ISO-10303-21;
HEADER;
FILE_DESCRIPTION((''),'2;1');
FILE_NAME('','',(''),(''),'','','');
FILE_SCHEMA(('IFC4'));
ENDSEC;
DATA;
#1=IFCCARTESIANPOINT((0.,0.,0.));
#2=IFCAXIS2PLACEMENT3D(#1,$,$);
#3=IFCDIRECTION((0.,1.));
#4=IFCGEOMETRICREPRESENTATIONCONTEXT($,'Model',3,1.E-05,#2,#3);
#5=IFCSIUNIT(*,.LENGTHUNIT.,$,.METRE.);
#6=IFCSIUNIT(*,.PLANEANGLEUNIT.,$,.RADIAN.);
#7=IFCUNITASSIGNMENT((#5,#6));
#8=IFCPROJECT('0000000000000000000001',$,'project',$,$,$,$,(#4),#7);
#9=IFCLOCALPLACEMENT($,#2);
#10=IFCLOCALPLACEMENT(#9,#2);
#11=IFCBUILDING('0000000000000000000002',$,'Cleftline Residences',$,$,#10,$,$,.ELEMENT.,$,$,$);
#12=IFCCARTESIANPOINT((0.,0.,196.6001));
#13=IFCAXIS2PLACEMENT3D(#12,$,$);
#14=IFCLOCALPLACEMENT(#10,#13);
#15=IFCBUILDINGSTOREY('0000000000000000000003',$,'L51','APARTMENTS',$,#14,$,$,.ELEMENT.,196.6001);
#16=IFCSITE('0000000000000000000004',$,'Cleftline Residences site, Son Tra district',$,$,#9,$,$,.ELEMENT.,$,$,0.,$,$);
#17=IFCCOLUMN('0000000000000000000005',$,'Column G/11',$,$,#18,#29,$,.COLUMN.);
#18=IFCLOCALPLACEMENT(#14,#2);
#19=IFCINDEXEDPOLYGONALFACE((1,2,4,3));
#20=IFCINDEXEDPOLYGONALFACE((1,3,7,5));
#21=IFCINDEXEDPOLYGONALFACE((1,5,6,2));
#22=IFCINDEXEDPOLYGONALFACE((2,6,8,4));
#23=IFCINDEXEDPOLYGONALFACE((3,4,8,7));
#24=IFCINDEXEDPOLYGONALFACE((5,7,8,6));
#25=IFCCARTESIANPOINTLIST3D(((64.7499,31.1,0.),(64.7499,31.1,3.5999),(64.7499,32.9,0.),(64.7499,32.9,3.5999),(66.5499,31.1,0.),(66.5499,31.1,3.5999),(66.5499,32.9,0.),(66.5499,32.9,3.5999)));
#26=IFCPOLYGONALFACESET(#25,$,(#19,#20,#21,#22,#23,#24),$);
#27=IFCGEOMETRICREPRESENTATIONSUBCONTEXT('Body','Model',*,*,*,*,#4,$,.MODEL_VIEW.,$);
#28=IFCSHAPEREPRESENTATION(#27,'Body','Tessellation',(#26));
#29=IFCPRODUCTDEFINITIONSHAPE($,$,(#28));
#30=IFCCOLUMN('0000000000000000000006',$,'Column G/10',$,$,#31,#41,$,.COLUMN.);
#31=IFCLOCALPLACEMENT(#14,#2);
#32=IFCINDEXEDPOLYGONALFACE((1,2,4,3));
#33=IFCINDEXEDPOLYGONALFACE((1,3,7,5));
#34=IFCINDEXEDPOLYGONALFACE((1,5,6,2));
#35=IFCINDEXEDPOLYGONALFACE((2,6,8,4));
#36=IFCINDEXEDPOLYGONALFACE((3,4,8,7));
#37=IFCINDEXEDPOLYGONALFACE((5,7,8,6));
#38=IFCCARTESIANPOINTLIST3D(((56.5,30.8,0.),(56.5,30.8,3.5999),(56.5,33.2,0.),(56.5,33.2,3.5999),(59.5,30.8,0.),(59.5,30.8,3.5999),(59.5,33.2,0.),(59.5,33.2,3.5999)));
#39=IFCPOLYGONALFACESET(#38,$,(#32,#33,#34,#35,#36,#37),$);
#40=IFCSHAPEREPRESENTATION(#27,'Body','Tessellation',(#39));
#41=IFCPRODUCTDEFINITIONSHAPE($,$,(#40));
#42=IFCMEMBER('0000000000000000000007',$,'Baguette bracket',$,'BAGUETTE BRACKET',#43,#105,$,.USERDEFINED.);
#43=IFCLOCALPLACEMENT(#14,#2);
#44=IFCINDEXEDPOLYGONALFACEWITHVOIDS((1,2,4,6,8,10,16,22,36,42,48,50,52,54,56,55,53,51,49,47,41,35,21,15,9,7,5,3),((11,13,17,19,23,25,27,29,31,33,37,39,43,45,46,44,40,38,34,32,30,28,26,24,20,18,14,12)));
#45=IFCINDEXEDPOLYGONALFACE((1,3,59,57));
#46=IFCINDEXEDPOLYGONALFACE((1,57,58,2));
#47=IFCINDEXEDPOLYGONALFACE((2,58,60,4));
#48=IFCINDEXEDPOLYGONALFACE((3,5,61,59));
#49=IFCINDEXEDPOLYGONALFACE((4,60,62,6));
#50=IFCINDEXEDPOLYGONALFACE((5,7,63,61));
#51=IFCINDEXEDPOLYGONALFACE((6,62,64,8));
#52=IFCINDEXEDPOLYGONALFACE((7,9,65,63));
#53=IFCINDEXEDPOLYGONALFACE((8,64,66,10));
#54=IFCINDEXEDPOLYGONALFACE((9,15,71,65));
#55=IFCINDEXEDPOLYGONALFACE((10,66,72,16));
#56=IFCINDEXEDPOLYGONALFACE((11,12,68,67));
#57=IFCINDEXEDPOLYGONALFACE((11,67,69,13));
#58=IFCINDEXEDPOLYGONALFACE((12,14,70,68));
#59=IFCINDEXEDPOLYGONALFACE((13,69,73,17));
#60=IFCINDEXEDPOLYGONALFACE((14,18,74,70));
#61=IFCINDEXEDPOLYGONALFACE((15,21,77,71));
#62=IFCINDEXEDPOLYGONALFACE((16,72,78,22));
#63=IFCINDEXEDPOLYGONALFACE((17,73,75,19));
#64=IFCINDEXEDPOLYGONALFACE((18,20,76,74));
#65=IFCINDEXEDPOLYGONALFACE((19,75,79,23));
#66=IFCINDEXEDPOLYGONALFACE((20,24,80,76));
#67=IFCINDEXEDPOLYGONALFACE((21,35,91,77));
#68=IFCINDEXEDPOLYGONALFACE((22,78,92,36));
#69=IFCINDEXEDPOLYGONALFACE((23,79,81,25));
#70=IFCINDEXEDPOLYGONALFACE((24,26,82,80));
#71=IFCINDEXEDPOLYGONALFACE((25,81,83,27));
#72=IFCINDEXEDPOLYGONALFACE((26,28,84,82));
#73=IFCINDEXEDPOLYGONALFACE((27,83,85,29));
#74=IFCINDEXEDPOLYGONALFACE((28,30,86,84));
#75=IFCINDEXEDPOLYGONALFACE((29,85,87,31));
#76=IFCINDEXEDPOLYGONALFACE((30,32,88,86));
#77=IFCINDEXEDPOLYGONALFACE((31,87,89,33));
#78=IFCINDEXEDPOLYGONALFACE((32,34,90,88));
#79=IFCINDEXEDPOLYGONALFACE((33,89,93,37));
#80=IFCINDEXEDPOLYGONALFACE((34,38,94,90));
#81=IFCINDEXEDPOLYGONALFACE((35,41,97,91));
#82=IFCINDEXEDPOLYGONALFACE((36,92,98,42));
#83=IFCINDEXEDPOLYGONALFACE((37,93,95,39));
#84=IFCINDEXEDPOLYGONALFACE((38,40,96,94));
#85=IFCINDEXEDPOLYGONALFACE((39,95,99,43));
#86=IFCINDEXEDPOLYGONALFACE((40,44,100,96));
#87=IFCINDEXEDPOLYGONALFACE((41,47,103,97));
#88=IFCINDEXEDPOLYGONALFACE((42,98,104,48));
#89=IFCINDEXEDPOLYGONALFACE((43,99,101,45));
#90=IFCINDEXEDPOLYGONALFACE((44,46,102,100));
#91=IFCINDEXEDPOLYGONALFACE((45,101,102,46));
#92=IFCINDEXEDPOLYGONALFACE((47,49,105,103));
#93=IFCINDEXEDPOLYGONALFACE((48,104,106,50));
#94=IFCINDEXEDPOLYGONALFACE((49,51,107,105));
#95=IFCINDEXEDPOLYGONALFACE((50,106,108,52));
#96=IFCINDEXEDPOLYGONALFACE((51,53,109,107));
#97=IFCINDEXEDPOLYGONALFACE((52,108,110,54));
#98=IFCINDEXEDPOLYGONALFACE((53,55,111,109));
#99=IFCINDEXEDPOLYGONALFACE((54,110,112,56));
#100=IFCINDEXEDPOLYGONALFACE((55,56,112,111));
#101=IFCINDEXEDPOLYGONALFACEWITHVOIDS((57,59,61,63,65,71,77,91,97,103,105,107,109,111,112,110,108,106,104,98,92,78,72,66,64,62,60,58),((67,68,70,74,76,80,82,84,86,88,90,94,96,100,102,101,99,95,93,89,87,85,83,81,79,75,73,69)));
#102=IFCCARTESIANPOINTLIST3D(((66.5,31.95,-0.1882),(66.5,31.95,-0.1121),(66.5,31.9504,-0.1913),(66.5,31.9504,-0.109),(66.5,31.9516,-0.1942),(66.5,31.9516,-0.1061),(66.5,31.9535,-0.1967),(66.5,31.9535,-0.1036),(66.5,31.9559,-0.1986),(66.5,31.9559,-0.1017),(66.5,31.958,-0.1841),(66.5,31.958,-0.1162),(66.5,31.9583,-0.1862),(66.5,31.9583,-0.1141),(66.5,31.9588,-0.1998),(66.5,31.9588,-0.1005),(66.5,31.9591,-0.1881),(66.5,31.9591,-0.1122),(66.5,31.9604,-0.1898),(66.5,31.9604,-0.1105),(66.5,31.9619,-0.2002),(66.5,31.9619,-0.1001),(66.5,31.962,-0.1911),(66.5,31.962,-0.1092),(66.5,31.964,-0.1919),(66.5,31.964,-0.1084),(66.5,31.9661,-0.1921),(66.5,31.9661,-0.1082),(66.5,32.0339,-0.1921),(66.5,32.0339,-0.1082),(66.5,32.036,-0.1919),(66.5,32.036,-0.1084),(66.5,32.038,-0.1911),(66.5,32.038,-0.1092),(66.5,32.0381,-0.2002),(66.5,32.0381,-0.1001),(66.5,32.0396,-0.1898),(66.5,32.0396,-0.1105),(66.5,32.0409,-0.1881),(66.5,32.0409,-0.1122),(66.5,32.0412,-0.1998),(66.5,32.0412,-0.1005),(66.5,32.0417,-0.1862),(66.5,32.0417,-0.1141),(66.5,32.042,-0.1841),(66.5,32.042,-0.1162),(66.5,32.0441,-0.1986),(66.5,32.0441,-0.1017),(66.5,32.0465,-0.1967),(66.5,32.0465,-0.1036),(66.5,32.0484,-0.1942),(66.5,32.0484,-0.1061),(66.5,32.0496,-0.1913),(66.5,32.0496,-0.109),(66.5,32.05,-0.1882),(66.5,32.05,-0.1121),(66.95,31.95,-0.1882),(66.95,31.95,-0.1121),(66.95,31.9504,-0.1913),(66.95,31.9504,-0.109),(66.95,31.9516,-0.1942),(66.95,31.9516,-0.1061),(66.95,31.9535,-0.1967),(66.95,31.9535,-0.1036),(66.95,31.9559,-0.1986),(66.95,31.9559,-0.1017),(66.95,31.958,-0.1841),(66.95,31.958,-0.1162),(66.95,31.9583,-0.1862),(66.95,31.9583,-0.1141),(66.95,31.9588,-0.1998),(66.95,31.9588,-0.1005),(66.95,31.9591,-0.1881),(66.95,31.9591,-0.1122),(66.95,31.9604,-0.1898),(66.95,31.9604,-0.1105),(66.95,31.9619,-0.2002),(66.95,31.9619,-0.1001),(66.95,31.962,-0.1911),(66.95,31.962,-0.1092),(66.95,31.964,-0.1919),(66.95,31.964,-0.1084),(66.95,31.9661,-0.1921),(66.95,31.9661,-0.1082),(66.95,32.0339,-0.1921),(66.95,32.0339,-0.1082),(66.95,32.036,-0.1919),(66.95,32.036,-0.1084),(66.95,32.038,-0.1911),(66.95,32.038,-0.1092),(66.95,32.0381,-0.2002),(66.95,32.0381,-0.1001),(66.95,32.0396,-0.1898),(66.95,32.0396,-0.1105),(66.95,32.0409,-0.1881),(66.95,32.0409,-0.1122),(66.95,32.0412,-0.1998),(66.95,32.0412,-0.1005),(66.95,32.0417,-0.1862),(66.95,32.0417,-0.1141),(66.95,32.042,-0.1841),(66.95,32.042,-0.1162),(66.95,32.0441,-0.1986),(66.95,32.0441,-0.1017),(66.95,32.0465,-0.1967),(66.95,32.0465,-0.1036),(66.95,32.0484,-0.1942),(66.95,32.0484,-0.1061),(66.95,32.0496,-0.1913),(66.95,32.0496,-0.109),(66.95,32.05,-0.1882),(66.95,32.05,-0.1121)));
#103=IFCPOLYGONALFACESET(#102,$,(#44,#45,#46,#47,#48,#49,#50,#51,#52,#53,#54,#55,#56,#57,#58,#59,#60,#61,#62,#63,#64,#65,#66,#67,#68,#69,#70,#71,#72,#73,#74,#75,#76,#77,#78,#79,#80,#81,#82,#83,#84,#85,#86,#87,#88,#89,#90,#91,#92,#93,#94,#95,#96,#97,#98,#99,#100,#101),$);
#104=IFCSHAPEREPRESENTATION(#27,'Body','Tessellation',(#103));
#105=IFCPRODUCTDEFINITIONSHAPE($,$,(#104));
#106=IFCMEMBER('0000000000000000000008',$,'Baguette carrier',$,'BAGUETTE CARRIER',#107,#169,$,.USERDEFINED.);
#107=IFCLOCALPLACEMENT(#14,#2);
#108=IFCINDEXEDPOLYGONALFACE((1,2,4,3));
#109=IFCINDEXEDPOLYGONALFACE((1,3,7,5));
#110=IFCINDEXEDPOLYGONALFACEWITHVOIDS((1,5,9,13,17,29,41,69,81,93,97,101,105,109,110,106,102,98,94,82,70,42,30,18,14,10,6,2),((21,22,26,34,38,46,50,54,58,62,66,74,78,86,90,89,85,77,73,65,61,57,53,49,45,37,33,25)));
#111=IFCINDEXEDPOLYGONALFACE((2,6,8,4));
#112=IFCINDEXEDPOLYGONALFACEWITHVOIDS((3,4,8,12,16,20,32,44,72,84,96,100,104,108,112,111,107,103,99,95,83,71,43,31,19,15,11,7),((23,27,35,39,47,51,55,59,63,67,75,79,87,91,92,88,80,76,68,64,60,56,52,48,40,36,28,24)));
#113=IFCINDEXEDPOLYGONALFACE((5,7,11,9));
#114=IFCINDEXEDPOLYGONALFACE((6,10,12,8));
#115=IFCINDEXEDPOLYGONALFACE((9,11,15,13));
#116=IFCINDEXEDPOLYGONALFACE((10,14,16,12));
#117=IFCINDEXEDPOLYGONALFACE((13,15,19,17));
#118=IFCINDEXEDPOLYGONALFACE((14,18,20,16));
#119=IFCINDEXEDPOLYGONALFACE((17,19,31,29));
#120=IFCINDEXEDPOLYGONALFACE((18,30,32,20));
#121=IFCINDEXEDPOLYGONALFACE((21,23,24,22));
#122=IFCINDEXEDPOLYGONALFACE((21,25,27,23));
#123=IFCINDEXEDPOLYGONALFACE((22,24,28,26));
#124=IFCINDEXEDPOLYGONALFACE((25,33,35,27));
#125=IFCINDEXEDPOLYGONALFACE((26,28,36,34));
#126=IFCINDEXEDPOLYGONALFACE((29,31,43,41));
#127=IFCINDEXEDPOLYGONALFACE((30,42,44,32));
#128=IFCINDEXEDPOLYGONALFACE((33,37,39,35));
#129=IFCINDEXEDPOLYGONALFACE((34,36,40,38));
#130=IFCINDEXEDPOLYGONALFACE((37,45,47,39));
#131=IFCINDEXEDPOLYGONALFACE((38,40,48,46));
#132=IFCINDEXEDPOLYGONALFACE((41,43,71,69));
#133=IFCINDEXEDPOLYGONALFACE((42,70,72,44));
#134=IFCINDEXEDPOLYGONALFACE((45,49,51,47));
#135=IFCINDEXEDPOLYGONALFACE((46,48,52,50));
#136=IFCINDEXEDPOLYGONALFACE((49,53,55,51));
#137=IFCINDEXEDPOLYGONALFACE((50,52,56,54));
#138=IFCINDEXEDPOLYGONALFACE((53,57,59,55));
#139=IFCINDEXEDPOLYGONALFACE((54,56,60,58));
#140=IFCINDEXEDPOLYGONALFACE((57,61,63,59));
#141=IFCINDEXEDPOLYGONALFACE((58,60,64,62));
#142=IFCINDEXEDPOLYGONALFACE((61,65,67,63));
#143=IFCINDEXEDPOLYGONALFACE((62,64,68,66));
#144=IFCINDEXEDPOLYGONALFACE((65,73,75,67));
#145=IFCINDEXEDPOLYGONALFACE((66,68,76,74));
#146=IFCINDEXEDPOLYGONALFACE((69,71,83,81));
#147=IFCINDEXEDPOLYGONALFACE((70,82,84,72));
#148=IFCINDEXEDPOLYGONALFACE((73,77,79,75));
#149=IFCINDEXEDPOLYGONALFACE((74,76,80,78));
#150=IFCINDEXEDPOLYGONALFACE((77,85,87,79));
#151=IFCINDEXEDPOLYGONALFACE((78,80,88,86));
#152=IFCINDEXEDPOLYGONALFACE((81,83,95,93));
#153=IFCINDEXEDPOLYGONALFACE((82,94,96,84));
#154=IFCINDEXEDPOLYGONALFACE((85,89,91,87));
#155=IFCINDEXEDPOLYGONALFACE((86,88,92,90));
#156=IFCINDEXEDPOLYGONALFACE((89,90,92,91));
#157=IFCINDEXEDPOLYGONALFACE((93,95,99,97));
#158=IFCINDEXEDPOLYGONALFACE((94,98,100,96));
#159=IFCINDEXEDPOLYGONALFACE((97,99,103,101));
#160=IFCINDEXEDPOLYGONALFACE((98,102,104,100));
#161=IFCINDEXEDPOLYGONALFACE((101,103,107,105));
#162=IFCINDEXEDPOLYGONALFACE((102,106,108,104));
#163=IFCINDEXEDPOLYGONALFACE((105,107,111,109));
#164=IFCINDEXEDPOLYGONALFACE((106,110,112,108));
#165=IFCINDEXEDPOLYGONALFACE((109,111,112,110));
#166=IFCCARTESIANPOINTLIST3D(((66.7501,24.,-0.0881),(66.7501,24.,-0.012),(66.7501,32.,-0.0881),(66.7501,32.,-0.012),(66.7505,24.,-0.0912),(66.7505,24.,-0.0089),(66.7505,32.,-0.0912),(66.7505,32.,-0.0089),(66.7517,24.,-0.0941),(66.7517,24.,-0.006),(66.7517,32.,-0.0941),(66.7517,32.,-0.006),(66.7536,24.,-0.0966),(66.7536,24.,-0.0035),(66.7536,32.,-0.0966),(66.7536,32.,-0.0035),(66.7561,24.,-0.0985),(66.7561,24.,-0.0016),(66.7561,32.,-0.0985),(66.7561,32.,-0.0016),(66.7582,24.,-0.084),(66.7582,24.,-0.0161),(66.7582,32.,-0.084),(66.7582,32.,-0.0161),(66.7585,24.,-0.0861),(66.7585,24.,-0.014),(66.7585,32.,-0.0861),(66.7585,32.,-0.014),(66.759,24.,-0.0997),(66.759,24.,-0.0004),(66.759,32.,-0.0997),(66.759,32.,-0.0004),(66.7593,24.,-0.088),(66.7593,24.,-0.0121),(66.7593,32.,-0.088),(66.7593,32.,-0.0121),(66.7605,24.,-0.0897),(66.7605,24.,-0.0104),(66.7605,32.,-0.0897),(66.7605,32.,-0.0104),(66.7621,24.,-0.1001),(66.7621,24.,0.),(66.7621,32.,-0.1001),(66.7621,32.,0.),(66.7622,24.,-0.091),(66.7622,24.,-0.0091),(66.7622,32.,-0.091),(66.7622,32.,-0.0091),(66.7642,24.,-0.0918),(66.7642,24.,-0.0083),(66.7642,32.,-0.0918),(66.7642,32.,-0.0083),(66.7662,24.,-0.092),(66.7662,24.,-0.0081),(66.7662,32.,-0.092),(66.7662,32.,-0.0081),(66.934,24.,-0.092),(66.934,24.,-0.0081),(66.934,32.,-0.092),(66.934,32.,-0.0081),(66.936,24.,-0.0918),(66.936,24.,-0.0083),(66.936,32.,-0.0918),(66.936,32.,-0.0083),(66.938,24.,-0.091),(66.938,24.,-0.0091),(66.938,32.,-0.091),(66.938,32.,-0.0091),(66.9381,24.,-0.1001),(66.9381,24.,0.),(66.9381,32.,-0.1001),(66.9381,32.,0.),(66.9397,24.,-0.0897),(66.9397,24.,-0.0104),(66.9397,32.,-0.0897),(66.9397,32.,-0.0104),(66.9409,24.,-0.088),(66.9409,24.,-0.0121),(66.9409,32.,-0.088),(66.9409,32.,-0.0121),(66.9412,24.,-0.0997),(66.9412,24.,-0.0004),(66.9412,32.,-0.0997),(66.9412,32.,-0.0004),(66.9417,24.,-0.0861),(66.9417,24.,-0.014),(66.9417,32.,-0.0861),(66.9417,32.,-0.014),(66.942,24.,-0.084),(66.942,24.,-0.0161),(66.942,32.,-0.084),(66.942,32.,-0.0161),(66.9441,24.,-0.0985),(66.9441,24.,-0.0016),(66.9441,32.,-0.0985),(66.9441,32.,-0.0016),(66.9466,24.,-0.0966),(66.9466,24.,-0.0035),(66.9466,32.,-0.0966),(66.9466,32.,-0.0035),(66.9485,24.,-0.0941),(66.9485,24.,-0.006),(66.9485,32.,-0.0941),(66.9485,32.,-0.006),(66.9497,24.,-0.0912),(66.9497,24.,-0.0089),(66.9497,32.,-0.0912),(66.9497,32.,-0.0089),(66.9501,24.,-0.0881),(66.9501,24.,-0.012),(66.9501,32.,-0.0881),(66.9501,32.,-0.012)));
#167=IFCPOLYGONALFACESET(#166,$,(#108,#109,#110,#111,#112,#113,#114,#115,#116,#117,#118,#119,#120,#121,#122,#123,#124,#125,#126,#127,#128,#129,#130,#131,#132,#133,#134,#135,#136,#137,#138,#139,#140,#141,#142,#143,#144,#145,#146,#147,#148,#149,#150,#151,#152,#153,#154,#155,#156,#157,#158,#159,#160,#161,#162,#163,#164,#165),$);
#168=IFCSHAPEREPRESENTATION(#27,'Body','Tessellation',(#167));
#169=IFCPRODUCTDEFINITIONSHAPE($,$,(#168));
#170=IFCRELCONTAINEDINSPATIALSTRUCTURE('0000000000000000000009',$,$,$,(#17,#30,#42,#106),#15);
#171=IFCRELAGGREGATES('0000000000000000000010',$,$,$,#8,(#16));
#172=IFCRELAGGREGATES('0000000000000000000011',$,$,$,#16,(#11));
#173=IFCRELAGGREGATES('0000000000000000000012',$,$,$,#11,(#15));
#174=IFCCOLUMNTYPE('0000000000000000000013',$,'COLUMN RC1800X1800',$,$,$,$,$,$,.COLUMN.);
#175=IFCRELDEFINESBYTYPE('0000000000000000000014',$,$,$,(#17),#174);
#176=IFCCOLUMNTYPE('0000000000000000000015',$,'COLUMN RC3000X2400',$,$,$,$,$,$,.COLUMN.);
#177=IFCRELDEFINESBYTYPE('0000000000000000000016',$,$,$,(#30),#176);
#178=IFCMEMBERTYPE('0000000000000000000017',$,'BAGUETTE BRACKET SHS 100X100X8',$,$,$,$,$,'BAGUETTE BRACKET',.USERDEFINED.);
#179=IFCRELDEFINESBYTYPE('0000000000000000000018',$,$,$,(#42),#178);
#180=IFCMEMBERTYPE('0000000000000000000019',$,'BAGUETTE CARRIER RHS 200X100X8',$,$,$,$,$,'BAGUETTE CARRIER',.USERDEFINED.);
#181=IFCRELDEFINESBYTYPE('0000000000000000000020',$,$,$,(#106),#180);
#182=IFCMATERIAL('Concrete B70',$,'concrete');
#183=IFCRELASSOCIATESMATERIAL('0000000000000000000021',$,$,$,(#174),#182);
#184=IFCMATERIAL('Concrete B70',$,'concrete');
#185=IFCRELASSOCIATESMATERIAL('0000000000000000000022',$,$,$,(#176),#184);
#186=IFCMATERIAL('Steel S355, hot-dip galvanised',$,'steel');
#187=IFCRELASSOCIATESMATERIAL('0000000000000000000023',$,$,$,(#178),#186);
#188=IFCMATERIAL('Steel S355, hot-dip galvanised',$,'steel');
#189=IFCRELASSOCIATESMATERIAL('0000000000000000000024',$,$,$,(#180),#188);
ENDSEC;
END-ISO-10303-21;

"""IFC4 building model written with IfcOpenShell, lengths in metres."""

from ifc_helpers import new_model, si_unit, direction, frame, origin, origin_2d, place, context, subcontext, project, spatial, rectangle, hollow_rectangle, extrude, material, material_profile, profile_set, type_object, element, save


model = new_model("IFC4")

# Units and contexts
model_context = context("Model", 3, precision=1e-05, world=origin(), true_north=direction((0.0, 1.0)))
body_context = subcontext(model_context, "Body", "Model", "MODEL_VIEW")
ifc_project = project(units=[si_unit("LENGTHUNIT", "METRE"), si_unit("PLANEANGLEUNIT", "RADIAN")], contexts=[model_context])

# Site, building, storey
site_placement = place(None, origin())
site = spatial("IfcSite", under=ifc_project, at=site_placement, Name="Cleftline Residences site, Son Tra district", CompositionType="ELEMENT", RefElevation=0.0)
building_placement = place(site_placement, origin())
building = spatial("IfcBuilding", under=site, at=building_placement, Name="Cleftline Residences", CompositionType="ELEMENT")
storey_placement = place(building_placement, frame((0.0, 0.0, 196.6001)))
storey = spatial("IfcBuildingStorey", under=building, at=storey_placement, Name="L51", Description="APARTMENTS", CompositionType="ELEMENT", Elevation=196.6001)

# Columns
ifc_material_1 = material(Name="Concrete B70", Category="concrete")
ifc_material_profile_1 = material_profile(ifc_material_1, rectangle(XDim=1.8, YDim=1.8, at=origin_2d()))
ifc_profile_set_1 = profile_set([ifc_material_profile_1], Name="Concrete B70")
column_type_1 = type_object("IfcColumnType", Name="COLUMN RC1800X1800", PredefinedType="COLUMN", material=ifc_profile_set_1)
column_1_placement = place(storey_placement, frame((65.6499, 32.0, 0.0), z_axis=(0.0, 0.0, 1.0), x_axis=(1.0, 0.0, 0.0)))
element("IfcColumn", 1, at=column_1_placement, inside=storey, type_object=column_type_1, Name="Column G/11", PredefinedType="COLUMN", context=body_context, shape_type="SweptSolid", body=[
    extrude(rectangle(XDim=1.8, YDim=1.8, at=origin_2d()), origin(), (0.0, 0.0, 1.0), 3.5999),
])
ifc_material_2 = material(Name="Concrete B70", Category="concrete")
ifc_material_profile_2 = material_profile(ifc_material_2, rectangle(XDim=3.0, YDim=2.3999, at=origin_2d()))
ifc_profile_set_2 = profile_set([ifc_material_profile_2], Name="Concrete B70")
column_type_2 = type_object("IfcColumnType", Name="COLUMN RC3000X2400", PredefinedType="COLUMN", material=ifc_profile_set_2)
column_2_placement = place(storey_placement, frame((58.0, 32.0, 0.0), z_axis=(0.0, 0.0, 1.0), x_axis=(1.0, 0.0, 0.0)))
element("IfcColumn", 2, at=column_2_placement, inside=storey, type_object=column_type_2, Name="Column G/10", PredefinedType="COLUMN", context=body_context, shape_type="SweptSolid", body=[
    extrude(rectangle(XDim=3.0, YDim=2.3999, at=origin_2d()), origin(), (0.0, 0.0, 1.0), 3.5999),
])

# Members
ifc_material_3 = material(Name="Steel S355, hot-dip galvanised", Category="steel")
ifc_material_profile_3 = material_profile(ifc_material_3, hollow_rectangle(XDim=0.1001, YDim=0.1001, WallThickness=0.0081, InnerFilletRadius=0.0081, OuterFilletRadius=0.012, at=origin_2d()))
ifc_profile_set_3 = profile_set([ifc_material_profile_3], Name="Steel S355, hot-dip galvanised")
member_type_1 = type_object("IfcMemberType", Name="BAGUETTE BRACKET SHS 100X100X8", ElementType="BAGUETTE BRACKET", PredefinedType="USERDEFINED", material=ifc_profile_set_3)
member_1_placement = place(storey_placement, frame((66.5, 32.0, -0.1501), z_axis=(1.0, 0.0, 0.0), x_axis=(0.0, 1.0, 0.0)))
element("IfcMember", 3, at=member_1_placement, inside=storey, type_object=member_type_1, Name="Baguette bracket", ObjectType="BAGUETTE BRACKET", PredefinedType="USERDEFINED", context=body_context, shape_type="SweptSolid", body=[
    extrude(hollow_rectangle(XDim=0.1001, YDim=0.1001, WallThickness=0.0081, InnerFilletRadius=0.0081, OuterFilletRadius=0.012, at=origin_2d()), origin(), (0.0, 0.0, 1.0), 0.45),
])
ifc_material_4 = material(Name="Steel S355, hot-dip galvanised", Category="steel")
ifc_material_profile_4 = material_profile(ifc_material_4, hollow_rectangle(XDim=0.1001, YDim=0.2, WallThickness=0.0081, InnerFilletRadius=0.0081, OuterFilletRadius=0.012, at=origin_2d()))
ifc_profile_set_4 = profile_set([ifc_material_profile_4], Name="Steel S355, hot-dip galvanised")
member_type_2 = type_object("IfcMemberType", Name="BAGUETTE CARRIER RHS 200X100X8", ElementType="BAGUETTE CARRIER", PredefinedType="USERDEFINED", material=ifc_profile_set_4)
member_2_placement = place(storey_placement, frame((66.8501, 24.0, -0.05), z_axis=(0.0, 1.0, 0.0), x_axis=(0.0, 0.0, 1.0)))
element("IfcMember", 4, at=member_2_placement, inside=storey, type_object=member_type_2, Name="Baguette carrier", ObjectType="BAGUETTE CARRIER", PredefinedType="USERDEFINED", context=body_context, shape_type="SweptSolid", body=[
    extrude(hollow_rectangle(XDim=0.1001, YDim=0.2, WallThickness=0.0081, InnerFilletRadius=0.0081, OuterFilletRadius=0.012, at=origin_2d()), origin(), (0.0, 0.0, 1.0), 8.0),
])

save(model, "model.ifc")
